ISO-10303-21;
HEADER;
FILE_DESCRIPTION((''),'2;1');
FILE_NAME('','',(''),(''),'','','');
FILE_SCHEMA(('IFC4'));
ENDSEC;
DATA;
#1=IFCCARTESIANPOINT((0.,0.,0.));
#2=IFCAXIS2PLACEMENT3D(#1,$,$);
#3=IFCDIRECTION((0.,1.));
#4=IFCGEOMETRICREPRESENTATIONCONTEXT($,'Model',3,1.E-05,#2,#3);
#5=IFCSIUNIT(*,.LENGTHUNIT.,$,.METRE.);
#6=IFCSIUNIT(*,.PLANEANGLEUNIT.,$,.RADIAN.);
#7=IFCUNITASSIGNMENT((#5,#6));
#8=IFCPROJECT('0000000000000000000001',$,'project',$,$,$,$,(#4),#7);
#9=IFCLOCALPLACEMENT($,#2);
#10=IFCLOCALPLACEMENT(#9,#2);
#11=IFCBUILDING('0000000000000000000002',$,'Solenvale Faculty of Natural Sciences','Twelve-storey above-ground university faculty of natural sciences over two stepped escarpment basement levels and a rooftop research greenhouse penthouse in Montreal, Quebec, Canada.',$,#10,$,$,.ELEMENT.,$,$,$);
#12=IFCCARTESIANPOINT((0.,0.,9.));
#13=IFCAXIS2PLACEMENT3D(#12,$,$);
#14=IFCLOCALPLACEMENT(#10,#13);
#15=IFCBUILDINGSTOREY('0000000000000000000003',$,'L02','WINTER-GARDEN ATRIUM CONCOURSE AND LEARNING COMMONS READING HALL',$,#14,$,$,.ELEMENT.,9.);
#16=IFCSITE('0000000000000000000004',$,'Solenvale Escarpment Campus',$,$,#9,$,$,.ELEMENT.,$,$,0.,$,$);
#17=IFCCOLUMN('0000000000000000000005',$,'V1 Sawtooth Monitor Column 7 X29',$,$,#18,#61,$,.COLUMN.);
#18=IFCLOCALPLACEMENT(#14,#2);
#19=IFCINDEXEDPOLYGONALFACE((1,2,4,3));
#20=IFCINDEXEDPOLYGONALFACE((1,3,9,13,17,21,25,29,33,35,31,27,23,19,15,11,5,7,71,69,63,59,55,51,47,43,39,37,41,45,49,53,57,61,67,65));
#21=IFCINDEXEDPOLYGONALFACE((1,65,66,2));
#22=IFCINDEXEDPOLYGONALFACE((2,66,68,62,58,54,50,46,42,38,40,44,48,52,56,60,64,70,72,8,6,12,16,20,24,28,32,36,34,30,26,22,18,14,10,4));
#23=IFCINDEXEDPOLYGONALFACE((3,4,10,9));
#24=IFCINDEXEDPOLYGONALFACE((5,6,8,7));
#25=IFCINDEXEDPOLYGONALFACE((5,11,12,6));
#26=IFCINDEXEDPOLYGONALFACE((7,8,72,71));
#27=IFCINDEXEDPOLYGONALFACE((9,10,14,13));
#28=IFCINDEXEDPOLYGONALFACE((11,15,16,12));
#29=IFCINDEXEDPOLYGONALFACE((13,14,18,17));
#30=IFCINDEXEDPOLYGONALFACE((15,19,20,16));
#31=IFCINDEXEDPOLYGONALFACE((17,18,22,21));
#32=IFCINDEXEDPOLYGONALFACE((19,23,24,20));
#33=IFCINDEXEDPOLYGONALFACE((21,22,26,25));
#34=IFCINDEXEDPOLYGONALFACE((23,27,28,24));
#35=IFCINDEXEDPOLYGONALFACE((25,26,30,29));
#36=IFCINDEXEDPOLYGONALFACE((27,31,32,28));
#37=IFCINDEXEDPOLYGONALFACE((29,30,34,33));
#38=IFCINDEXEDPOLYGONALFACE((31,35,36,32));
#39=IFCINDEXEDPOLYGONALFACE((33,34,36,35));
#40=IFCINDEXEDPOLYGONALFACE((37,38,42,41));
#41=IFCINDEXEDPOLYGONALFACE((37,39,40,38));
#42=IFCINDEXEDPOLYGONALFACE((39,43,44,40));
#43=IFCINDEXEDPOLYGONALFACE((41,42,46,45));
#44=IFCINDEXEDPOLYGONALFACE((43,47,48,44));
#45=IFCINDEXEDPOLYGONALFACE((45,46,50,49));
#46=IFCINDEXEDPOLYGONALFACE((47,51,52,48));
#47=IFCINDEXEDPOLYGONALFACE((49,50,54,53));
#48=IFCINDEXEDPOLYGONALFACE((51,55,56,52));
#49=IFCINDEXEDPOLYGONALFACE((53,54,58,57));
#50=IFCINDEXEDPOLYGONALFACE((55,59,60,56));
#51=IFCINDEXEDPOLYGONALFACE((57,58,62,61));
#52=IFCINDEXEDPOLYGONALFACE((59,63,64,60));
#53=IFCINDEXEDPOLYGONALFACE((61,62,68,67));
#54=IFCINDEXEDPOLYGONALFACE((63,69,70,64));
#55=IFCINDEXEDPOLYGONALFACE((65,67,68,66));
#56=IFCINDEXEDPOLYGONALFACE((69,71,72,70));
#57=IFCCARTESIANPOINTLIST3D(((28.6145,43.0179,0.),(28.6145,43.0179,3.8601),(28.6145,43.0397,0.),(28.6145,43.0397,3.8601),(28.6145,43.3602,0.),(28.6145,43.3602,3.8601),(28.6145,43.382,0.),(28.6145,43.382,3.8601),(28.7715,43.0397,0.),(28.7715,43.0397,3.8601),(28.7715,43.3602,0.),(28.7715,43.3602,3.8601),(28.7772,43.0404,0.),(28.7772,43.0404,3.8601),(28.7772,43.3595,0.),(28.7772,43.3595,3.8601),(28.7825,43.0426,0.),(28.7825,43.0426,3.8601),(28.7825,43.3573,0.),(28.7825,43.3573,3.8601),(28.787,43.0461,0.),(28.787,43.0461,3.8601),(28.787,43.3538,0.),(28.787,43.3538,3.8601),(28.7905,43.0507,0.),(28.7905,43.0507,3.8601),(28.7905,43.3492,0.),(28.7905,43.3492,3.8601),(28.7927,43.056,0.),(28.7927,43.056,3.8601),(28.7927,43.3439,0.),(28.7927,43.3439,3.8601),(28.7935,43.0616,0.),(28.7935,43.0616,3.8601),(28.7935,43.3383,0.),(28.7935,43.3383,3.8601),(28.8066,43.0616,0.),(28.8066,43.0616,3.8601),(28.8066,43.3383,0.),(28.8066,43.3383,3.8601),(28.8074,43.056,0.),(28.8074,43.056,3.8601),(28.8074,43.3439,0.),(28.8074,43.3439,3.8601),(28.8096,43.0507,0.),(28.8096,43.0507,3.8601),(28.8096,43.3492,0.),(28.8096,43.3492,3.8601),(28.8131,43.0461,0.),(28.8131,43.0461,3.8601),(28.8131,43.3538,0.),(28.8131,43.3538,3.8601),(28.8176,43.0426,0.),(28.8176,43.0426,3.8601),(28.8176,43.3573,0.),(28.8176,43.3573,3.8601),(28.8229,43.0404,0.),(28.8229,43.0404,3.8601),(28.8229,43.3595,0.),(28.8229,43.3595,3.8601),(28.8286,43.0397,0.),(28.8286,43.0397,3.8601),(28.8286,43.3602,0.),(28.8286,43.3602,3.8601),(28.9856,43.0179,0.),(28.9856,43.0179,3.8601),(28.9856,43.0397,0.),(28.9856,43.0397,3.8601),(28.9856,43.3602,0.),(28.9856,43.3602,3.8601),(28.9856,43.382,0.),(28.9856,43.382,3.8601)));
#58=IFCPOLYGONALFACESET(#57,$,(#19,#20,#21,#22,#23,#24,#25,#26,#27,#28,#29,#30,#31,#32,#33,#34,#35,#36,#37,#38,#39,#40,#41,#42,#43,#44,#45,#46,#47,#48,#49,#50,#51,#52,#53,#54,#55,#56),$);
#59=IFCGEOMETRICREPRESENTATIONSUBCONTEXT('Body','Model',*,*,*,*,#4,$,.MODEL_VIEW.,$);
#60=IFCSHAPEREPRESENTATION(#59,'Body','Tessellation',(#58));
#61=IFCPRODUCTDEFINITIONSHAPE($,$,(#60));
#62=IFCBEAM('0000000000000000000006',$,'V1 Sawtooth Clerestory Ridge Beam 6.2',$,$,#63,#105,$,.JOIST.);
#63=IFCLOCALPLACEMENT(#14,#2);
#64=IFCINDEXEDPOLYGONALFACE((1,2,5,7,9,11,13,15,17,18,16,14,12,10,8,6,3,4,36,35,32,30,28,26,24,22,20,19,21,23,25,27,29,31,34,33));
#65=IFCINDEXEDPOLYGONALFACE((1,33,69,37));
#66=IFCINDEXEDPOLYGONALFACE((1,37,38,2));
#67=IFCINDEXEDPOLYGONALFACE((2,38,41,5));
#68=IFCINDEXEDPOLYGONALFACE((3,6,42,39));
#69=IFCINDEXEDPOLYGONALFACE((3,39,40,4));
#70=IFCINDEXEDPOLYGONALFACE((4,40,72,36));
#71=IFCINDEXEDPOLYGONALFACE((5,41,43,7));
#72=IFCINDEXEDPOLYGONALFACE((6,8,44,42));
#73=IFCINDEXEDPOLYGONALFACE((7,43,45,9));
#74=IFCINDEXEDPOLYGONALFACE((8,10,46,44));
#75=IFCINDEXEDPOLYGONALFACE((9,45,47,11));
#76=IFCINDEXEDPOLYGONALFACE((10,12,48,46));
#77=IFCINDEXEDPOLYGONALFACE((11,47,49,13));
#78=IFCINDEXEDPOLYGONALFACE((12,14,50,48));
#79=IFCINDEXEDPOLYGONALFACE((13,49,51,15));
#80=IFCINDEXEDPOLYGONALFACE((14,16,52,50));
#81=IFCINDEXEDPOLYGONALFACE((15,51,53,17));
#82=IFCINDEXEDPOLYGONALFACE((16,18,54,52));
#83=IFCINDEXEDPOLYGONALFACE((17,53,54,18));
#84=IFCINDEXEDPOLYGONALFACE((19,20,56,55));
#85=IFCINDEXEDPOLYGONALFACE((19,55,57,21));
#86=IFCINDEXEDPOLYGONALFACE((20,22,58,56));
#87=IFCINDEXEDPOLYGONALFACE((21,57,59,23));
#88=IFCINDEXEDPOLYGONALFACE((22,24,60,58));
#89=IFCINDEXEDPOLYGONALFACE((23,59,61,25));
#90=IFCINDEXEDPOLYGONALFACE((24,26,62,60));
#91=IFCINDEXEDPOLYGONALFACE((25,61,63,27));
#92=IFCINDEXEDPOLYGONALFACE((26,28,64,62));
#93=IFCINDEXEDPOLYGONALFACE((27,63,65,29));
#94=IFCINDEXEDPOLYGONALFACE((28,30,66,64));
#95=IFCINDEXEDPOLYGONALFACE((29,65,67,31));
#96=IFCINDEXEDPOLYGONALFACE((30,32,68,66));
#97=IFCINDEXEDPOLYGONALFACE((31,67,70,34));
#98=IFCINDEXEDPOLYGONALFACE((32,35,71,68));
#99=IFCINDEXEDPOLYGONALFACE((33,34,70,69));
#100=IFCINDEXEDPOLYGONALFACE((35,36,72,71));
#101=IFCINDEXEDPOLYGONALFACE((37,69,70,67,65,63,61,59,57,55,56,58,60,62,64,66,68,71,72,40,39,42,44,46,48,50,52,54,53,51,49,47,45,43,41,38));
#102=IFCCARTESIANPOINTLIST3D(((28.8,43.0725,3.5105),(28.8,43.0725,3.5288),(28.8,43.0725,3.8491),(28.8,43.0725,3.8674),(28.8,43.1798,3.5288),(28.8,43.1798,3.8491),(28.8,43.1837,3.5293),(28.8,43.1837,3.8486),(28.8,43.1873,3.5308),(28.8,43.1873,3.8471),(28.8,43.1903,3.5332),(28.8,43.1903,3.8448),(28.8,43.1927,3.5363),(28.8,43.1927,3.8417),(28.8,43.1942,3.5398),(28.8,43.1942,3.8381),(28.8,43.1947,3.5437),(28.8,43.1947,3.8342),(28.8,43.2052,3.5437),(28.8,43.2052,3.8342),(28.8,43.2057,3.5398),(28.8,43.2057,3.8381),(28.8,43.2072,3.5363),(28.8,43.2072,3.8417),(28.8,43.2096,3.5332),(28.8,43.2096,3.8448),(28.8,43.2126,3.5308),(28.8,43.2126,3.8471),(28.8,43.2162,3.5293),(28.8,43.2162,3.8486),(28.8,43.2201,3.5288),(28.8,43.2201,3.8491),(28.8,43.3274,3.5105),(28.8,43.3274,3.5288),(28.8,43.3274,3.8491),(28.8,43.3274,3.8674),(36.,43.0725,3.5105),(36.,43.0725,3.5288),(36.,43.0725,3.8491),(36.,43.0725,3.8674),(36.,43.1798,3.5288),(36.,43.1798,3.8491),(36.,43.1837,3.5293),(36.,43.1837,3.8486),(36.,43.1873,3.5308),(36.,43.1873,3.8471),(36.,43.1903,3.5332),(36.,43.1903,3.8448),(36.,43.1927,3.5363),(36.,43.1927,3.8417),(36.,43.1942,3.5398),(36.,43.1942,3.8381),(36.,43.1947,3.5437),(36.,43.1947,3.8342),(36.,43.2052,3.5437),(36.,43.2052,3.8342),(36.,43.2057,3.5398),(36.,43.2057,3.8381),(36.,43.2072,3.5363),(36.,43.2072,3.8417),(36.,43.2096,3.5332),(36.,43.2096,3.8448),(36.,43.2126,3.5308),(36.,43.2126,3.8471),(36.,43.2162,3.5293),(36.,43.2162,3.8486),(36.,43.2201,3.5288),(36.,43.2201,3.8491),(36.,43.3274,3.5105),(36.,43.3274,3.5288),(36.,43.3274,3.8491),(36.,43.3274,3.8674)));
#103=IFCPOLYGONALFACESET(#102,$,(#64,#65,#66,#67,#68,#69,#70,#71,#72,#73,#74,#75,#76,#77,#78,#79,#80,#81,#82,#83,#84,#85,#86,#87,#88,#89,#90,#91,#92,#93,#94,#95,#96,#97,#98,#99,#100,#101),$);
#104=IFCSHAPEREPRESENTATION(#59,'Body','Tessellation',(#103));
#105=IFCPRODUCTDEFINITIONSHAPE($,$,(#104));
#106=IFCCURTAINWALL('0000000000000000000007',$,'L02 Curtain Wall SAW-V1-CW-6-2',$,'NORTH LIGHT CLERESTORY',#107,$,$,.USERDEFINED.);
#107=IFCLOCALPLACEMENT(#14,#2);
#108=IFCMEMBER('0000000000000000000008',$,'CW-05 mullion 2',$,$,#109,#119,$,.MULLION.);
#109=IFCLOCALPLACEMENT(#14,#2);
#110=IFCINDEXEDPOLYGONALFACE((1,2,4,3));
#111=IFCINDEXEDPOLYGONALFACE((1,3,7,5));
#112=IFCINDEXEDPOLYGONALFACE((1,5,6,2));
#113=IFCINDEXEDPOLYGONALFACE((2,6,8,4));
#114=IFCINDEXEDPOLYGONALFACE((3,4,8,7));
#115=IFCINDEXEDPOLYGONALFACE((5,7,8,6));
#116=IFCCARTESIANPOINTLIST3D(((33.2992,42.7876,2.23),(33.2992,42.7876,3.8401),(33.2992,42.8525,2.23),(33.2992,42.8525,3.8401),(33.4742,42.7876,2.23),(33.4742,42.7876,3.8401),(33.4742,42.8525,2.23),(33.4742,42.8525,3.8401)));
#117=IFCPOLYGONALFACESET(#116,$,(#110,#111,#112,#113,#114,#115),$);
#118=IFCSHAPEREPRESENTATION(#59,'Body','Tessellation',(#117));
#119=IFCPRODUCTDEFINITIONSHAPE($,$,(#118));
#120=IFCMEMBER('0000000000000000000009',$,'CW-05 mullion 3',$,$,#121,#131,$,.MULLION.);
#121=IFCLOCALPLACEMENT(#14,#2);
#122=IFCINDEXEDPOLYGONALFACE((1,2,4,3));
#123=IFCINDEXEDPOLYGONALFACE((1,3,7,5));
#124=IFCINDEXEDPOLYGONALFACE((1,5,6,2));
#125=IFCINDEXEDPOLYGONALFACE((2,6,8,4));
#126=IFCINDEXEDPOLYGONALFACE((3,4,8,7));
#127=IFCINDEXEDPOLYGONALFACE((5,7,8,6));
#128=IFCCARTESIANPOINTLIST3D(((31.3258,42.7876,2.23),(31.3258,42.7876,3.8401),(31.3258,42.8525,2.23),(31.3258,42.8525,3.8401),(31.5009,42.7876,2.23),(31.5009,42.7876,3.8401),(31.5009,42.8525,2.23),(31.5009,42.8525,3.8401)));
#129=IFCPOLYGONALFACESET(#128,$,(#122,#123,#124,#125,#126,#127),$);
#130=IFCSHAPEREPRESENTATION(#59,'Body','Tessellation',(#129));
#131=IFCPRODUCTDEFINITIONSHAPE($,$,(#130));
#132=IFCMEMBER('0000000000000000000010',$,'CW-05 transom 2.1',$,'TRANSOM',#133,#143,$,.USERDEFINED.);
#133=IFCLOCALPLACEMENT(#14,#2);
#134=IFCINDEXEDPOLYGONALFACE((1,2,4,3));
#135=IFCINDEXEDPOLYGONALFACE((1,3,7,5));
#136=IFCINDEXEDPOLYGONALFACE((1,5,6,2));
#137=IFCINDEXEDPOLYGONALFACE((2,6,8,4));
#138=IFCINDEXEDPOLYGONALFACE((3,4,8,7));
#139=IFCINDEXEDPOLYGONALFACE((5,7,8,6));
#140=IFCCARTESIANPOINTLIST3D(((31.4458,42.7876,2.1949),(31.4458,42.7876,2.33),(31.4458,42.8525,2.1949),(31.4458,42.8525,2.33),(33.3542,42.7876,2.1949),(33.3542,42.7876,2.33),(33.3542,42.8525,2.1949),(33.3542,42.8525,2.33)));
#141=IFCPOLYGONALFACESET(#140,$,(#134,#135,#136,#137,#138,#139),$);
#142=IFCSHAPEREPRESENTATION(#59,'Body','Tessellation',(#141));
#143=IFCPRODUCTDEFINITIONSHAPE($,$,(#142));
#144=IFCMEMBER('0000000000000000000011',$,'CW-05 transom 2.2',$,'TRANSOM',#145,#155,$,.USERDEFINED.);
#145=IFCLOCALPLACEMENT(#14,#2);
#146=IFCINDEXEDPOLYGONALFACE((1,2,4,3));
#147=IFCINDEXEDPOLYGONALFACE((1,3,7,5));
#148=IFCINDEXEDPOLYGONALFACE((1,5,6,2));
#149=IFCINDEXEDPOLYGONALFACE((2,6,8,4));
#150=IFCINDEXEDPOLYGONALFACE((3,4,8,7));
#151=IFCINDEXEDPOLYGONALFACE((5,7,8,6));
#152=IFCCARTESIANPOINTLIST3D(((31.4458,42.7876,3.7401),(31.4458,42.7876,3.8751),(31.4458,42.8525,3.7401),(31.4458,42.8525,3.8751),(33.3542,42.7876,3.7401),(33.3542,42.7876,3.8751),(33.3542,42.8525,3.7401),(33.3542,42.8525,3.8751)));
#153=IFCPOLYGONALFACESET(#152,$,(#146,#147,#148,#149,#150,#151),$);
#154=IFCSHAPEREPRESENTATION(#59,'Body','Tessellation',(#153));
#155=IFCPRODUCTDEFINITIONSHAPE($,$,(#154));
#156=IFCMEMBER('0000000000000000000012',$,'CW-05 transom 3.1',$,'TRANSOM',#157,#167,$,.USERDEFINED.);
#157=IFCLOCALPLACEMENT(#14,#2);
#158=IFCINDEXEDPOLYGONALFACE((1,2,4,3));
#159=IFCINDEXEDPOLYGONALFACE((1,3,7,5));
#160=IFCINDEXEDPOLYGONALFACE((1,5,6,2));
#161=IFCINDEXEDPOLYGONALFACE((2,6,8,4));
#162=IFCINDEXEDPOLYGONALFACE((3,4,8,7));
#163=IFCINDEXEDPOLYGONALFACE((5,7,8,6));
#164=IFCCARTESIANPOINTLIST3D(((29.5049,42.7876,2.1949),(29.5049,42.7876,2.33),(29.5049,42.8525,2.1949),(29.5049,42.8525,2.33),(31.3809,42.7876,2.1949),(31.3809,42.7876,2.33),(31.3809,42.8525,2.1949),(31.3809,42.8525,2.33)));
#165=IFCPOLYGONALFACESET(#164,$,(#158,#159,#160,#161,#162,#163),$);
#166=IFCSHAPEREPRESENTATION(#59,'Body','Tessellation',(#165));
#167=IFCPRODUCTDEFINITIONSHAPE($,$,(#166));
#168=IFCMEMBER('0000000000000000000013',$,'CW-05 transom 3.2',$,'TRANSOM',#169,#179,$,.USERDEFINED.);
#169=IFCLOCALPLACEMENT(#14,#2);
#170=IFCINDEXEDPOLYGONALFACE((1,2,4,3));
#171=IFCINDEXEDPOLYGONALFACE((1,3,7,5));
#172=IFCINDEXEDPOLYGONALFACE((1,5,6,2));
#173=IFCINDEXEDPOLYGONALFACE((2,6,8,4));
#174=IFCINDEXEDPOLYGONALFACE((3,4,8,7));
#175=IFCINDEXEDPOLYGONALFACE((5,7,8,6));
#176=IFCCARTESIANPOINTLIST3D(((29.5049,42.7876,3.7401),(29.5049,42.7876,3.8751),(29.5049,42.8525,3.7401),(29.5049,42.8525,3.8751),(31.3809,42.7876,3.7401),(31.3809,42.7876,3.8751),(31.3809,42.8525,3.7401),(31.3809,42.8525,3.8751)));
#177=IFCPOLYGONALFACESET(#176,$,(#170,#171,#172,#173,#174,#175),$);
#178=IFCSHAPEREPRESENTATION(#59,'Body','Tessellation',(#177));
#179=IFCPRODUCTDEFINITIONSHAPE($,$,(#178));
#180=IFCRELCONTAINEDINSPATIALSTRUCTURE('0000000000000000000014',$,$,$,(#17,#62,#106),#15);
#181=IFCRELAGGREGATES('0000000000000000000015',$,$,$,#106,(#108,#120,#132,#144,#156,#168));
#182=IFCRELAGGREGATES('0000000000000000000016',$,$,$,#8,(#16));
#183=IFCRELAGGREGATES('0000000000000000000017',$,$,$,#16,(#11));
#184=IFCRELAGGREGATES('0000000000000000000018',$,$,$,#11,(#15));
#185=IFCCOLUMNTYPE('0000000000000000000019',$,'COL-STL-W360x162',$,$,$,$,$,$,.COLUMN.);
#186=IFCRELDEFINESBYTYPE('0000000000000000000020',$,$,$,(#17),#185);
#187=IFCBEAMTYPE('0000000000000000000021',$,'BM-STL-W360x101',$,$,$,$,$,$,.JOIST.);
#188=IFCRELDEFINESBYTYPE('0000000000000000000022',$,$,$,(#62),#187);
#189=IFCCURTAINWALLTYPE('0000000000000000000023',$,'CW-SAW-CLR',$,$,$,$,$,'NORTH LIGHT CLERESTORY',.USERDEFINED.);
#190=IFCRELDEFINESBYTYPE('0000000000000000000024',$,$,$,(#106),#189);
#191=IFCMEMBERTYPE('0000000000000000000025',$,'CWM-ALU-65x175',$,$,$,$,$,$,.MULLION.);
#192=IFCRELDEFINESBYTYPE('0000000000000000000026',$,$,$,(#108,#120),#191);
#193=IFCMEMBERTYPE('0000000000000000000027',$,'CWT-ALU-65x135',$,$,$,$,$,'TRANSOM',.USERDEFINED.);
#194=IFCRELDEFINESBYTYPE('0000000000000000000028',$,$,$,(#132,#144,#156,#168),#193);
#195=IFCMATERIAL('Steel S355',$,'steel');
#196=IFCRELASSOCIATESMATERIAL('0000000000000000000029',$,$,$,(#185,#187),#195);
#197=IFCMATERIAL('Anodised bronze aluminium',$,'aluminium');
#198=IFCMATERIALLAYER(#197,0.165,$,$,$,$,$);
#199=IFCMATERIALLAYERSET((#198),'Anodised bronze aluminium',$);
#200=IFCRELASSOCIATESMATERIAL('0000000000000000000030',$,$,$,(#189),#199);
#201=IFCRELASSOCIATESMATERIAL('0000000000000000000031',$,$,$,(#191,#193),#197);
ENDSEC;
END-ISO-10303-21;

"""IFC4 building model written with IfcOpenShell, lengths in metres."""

from ifc_helpers import new_model, si_unit, direction, frame, origin, origin_2d, place, context, subcontext, project, spatial, rectangle, i_section, extrude, material, layer, layer_set, material_profile, profile_set, type_object, element, aggregate, save


model = new_model("IFC4")

# Units and contexts
model_context = context("Model", 3, precision=1e-05, world=origin(), true_north=direction((0.0, 1.0)))
body_context = subcontext(model_context, "Body", "Model", "MODEL_VIEW")
ifc_project = project(units=[si_unit("LENGTHUNIT", "METRE"), si_unit("PLANEANGLEUNIT", "RADIAN")], contexts=[model_context])

# Site, building, storey
site_placement = place(None, origin())
site = spatial("IfcSite", under=ifc_project, at=site_placement, Name="Solenvale Escarpment Campus", CompositionType="ELEMENT", RefElevation=0.0)
building_placement = place(site_placement, origin())
building = spatial("IfcBuilding", under=site, at=building_placement, Name="Solenvale Faculty of Natural Sciences", Description="Twelve-storey above-ground university faculty of natural sciences over two stepped escarpment basement levels and a rooftop research greenhouse penthouse in Montreal, Quebec, Canada.", CompositionType="ELEMENT")
storey_placement = place(building_placement, frame((0.0, 0.0, 9.0)))
storey = spatial("IfcBuildingStorey", under=building, at=storey_placement, Name="L02", Description="WINTER-GARDEN ATRIUM CONCOURSE AND LEARNING COMMONS READING HALL", CompositionType="ELEMENT", Elevation=9.0)

# Column
ifc_material_1 = material(Name="Steel S355", Category="steel")
ifc_material_profile_1 = material_profile(ifc_material_1, i_section(OverallWidth=0.3711, OverallDepth=0.364, WebThickness=0.0132, FlangeThickness=0.0217, FilletRadius=0.022, at=origin_2d()), Name="W360x162")
ifc_profile_set_1 = profile_set([ifc_material_profile_1], Name="Steel S355")
column_type = type_object("IfcColumnType", Name="COL-STL-W360x162", PredefinedType="COLUMN", material=ifc_profile_set_1)
column_placement = place(storey_placement, frame((28.8, 43.2, 0.0), z_axis=(0.0, 0.0, 1.0), x_axis=(1.0, 0.0, 0.0)))
element("IfcColumn", 1, at=column_placement, inside=storey, type_object=column_type, Name="V1 Sawtooth Monitor Column 7 X29", PredefinedType="COLUMN", context=body_context, shape_type="SweptSolid", body=[
    extrude(i_section(OverallWidth=0.3711, OverallDepth=0.364, WebThickness=0.0132, FlangeThickness=0.0217, FilletRadius=0.022, at=origin_2d()), origin(), (0.0, 0.0, 1.0), 3.8601),
])

# Beam
ifc_material_profile_2 = material_profile(ifc_material_1, i_section(OverallWidth=0.2549, OverallDepth=0.3569, WebThickness=0.0105, FlangeThickness=0.0183, FilletRadius=0.0149, at=origin_2d()), Name="W360x101")
ifc_profile_set_2 = profile_set([ifc_material_profile_2], Name="Steel S355")
beam_type = type_object("IfcBeamType", Name="BM-STL-W360x101", PredefinedType="JOIST", material=ifc_profile_set_2)
beam_placement = place(storey_placement, frame((28.8, 43.2, 3.689), z_axis=(1.0, 0.0, 0.0), x_axis=(0.0, 1.0, 0.0)))
element("IfcBeam", 2, at=beam_placement, inside=storey, type_object=beam_type, Name="V1 Sawtooth Clerestory Ridge Beam 6.2", PredefinedType="JOIST", context=body_context, shape_type="SweptSolid", body=[
    extrude(i_section(OverallWidth=0.2549, OverallDepth=0.3569, WebThickness=0.0105, FlangeThickness=0.0183, FilletRadius=0.0149, at=origin_2d()), origin(), (0.0, 0.0, 1.0), 7.2),
])

# Curtain wall, members
ifc_material_2 = material(Name="Anodised bronze aluminium", Category="aluminium")
ifc_layer_1 = layer(ifc_material_2, 0.165)
ifc_layer_set_1 = layer_set([ifc_layer_1], Name="Anodised bronze aluminium")
curtain_wall_type = type_object("IfcCurtainWallType", Name="CW-SAW-CLR", ElementType="NORTH LIGHT CLERESTORY", PredefinedType="USERDEFINED", material=ifc_layer_set_1)
curtain_wall_placement = place(storey_placement, origin())
curtain_wall = element("IfcCurtainWall", 3, at=curtain_wall_placement, inside=storey, type_object=curtain_wall_type, Name="L02 Curtain Wall SAW-V1-CW-6-2", ObjectType="NORTH LIGHT CLERESTORY", PredefinedType="USERDEFINED")
ifc_material_profile_3 = material_profile(ifc_material_2, rectangle(XDim=0.0649, YDim=0.175, at=origin_2d()), Name="ALU-MUL-65x175")
ifc_profile_set_3 = profile_set([ifc_material_profile_3], Name="Anodised bronze aluminium")
member_type_1 = type_object("IfcMemberType", Name="CWM-ALU-65x175", PredefinedType="MULLION", material=ifc_profile_set_3)
member_1_placement = place(storey_placement, frame((33.3867, 42.8201, 2.23), z_axis=(0.0, 0.0, 1.0), x_axis=(0.0, -1.0, 0.0)))
member_1 = element("IfcMember", 4, at=member_1_placement, type_object=member_type_1, Name="CW-05 mullion 2", PredefinedType="MULLION", context=body_context, shape_type="SweptSolid", body=[
    extrude(rectangle(XDim=0.0649, YDim=0.175, at=origin_2d()), origin(), (0.0, 0.0, 1.0), 1.6101),
])
member_2_placement = place(storey_placement, frame((31.4133, 42.8201, 2.23), z_axis=(0.0, 0.0, 1.0), x_axis=(0.0, -1.0, 0.0)))
member_2 = element("IfcMember", 5, at=member_2_placement, type_object=member_type_1, Name="CW-05 mullion 3", PredefinedType="MULLION", context=body_context, shape_type="SweptSolid", body=[
    extrude(rectangle(XDim=0.0649, YDim=0.175, at=origin_2d()), origin(), (0.0, 0.0, 1.0), 1.6101),
])
ifc_material_profile_4 = material_profile(ifc_material_2, rectangle(XDim=0.0649, YDim=0.135, at=origin_2d()), Name="ALU-TRN-65x135")
ifc_profile_set_4 = profile_set([ifc_material_profile_4], Name="Anodised bronze aluminium")
member_type_2 = type_object("IfcMemberType", Name="CWT-ALU-65x135", ElementType="TRANSOM", PredefinedType="USERDEFINED", material=ifc_profile_set_4)
member_3_placement = place(storey_placement, frame((33.3542, 42.8201, 2.2625), z_axis=(-1.0, 0.0, 0.0), x_axis=(0.0, -1.0, 0.0)))
member_3 = element("IfcMember", 6, at=member_3_placement, type_object=member_type_2, Name="CW-05 transom 2.1", ObjectType="TRANSOM", PredefinedType="USERDEFINED", context=body_context, shape_type="SweptSolid", body=[
    extrude(rectangle(XDim=0.0649, YDim=0.135, at=origin_2d()), origin(), (0.0, 0.0, 1.0), 1.9084),
])
member_4_placement = place(storey_placement, frame((33.3542, 42.8201, 3.8076), z_axis=(-1.0, 0.0, 0.0), x_axis=(0.0, -1.0, 0.0)))
member_4 = element("IfcMember", 7, at=member_4_placement, type_object=member_type_2, Name="CW-05 transom 2.2", ObjectType="TRANSOM", PredefinedType="USERDEFINED", context=body_context, shape_type="SweptSolid", body=[
    extrude(rectangle(XDim=0.0649, YDim=0.135, at=origin_2d()), origin(), (0.0, 0.0, 1.0), 1.9084),
])
member_5_placement = place(storey_placement, frame((31.3809, 42.8201, 2.2625), z_axis=(-1.0, 0.0, 0.0), x_axis=(0.0, -1.0, 0.0)))
member_5 = element("IfcMember", 8, at=member_5_placement, type_object=member_type_2, Name="CW-05 transom 3.1", ObjectType="TRANSOM", PredefinedType="USERDEFINED", context=body_context, shape_type="SweptSolid", body=[
    extrude(rectangle(XDim=0.0649, YDim=0.135, at=origin_2d()), origin(), (0.0, 0.0, 1.0), 1.876),
])
member_6_placement = place(storey_placement, frame((31.3809, 42.8201, 3.8076), z_axis=(-1.0, 0.0, 0.0), x_axis=(0.0, -1.0, 0.0)))
member_6 = element("IfcMember", 9, at=member_6_placement, type_object=member_type_2, Name="CW-05 transom 3.2", ObjectType="TRANSOM", PredefinedType="USERDEFINED", context=body_context, shape_type="SweptSolid", body=[
    extrude(rectangle(XDim=0.0649, YDim=0.135, at=origin_2d()), origin(), (0.0, 0.0, 1.0), 1.876),
])

aggregate(curtain_wall, [member_1, member_2, member_3, member_4, member_5, member_6])

save(model, "model.ifc")
